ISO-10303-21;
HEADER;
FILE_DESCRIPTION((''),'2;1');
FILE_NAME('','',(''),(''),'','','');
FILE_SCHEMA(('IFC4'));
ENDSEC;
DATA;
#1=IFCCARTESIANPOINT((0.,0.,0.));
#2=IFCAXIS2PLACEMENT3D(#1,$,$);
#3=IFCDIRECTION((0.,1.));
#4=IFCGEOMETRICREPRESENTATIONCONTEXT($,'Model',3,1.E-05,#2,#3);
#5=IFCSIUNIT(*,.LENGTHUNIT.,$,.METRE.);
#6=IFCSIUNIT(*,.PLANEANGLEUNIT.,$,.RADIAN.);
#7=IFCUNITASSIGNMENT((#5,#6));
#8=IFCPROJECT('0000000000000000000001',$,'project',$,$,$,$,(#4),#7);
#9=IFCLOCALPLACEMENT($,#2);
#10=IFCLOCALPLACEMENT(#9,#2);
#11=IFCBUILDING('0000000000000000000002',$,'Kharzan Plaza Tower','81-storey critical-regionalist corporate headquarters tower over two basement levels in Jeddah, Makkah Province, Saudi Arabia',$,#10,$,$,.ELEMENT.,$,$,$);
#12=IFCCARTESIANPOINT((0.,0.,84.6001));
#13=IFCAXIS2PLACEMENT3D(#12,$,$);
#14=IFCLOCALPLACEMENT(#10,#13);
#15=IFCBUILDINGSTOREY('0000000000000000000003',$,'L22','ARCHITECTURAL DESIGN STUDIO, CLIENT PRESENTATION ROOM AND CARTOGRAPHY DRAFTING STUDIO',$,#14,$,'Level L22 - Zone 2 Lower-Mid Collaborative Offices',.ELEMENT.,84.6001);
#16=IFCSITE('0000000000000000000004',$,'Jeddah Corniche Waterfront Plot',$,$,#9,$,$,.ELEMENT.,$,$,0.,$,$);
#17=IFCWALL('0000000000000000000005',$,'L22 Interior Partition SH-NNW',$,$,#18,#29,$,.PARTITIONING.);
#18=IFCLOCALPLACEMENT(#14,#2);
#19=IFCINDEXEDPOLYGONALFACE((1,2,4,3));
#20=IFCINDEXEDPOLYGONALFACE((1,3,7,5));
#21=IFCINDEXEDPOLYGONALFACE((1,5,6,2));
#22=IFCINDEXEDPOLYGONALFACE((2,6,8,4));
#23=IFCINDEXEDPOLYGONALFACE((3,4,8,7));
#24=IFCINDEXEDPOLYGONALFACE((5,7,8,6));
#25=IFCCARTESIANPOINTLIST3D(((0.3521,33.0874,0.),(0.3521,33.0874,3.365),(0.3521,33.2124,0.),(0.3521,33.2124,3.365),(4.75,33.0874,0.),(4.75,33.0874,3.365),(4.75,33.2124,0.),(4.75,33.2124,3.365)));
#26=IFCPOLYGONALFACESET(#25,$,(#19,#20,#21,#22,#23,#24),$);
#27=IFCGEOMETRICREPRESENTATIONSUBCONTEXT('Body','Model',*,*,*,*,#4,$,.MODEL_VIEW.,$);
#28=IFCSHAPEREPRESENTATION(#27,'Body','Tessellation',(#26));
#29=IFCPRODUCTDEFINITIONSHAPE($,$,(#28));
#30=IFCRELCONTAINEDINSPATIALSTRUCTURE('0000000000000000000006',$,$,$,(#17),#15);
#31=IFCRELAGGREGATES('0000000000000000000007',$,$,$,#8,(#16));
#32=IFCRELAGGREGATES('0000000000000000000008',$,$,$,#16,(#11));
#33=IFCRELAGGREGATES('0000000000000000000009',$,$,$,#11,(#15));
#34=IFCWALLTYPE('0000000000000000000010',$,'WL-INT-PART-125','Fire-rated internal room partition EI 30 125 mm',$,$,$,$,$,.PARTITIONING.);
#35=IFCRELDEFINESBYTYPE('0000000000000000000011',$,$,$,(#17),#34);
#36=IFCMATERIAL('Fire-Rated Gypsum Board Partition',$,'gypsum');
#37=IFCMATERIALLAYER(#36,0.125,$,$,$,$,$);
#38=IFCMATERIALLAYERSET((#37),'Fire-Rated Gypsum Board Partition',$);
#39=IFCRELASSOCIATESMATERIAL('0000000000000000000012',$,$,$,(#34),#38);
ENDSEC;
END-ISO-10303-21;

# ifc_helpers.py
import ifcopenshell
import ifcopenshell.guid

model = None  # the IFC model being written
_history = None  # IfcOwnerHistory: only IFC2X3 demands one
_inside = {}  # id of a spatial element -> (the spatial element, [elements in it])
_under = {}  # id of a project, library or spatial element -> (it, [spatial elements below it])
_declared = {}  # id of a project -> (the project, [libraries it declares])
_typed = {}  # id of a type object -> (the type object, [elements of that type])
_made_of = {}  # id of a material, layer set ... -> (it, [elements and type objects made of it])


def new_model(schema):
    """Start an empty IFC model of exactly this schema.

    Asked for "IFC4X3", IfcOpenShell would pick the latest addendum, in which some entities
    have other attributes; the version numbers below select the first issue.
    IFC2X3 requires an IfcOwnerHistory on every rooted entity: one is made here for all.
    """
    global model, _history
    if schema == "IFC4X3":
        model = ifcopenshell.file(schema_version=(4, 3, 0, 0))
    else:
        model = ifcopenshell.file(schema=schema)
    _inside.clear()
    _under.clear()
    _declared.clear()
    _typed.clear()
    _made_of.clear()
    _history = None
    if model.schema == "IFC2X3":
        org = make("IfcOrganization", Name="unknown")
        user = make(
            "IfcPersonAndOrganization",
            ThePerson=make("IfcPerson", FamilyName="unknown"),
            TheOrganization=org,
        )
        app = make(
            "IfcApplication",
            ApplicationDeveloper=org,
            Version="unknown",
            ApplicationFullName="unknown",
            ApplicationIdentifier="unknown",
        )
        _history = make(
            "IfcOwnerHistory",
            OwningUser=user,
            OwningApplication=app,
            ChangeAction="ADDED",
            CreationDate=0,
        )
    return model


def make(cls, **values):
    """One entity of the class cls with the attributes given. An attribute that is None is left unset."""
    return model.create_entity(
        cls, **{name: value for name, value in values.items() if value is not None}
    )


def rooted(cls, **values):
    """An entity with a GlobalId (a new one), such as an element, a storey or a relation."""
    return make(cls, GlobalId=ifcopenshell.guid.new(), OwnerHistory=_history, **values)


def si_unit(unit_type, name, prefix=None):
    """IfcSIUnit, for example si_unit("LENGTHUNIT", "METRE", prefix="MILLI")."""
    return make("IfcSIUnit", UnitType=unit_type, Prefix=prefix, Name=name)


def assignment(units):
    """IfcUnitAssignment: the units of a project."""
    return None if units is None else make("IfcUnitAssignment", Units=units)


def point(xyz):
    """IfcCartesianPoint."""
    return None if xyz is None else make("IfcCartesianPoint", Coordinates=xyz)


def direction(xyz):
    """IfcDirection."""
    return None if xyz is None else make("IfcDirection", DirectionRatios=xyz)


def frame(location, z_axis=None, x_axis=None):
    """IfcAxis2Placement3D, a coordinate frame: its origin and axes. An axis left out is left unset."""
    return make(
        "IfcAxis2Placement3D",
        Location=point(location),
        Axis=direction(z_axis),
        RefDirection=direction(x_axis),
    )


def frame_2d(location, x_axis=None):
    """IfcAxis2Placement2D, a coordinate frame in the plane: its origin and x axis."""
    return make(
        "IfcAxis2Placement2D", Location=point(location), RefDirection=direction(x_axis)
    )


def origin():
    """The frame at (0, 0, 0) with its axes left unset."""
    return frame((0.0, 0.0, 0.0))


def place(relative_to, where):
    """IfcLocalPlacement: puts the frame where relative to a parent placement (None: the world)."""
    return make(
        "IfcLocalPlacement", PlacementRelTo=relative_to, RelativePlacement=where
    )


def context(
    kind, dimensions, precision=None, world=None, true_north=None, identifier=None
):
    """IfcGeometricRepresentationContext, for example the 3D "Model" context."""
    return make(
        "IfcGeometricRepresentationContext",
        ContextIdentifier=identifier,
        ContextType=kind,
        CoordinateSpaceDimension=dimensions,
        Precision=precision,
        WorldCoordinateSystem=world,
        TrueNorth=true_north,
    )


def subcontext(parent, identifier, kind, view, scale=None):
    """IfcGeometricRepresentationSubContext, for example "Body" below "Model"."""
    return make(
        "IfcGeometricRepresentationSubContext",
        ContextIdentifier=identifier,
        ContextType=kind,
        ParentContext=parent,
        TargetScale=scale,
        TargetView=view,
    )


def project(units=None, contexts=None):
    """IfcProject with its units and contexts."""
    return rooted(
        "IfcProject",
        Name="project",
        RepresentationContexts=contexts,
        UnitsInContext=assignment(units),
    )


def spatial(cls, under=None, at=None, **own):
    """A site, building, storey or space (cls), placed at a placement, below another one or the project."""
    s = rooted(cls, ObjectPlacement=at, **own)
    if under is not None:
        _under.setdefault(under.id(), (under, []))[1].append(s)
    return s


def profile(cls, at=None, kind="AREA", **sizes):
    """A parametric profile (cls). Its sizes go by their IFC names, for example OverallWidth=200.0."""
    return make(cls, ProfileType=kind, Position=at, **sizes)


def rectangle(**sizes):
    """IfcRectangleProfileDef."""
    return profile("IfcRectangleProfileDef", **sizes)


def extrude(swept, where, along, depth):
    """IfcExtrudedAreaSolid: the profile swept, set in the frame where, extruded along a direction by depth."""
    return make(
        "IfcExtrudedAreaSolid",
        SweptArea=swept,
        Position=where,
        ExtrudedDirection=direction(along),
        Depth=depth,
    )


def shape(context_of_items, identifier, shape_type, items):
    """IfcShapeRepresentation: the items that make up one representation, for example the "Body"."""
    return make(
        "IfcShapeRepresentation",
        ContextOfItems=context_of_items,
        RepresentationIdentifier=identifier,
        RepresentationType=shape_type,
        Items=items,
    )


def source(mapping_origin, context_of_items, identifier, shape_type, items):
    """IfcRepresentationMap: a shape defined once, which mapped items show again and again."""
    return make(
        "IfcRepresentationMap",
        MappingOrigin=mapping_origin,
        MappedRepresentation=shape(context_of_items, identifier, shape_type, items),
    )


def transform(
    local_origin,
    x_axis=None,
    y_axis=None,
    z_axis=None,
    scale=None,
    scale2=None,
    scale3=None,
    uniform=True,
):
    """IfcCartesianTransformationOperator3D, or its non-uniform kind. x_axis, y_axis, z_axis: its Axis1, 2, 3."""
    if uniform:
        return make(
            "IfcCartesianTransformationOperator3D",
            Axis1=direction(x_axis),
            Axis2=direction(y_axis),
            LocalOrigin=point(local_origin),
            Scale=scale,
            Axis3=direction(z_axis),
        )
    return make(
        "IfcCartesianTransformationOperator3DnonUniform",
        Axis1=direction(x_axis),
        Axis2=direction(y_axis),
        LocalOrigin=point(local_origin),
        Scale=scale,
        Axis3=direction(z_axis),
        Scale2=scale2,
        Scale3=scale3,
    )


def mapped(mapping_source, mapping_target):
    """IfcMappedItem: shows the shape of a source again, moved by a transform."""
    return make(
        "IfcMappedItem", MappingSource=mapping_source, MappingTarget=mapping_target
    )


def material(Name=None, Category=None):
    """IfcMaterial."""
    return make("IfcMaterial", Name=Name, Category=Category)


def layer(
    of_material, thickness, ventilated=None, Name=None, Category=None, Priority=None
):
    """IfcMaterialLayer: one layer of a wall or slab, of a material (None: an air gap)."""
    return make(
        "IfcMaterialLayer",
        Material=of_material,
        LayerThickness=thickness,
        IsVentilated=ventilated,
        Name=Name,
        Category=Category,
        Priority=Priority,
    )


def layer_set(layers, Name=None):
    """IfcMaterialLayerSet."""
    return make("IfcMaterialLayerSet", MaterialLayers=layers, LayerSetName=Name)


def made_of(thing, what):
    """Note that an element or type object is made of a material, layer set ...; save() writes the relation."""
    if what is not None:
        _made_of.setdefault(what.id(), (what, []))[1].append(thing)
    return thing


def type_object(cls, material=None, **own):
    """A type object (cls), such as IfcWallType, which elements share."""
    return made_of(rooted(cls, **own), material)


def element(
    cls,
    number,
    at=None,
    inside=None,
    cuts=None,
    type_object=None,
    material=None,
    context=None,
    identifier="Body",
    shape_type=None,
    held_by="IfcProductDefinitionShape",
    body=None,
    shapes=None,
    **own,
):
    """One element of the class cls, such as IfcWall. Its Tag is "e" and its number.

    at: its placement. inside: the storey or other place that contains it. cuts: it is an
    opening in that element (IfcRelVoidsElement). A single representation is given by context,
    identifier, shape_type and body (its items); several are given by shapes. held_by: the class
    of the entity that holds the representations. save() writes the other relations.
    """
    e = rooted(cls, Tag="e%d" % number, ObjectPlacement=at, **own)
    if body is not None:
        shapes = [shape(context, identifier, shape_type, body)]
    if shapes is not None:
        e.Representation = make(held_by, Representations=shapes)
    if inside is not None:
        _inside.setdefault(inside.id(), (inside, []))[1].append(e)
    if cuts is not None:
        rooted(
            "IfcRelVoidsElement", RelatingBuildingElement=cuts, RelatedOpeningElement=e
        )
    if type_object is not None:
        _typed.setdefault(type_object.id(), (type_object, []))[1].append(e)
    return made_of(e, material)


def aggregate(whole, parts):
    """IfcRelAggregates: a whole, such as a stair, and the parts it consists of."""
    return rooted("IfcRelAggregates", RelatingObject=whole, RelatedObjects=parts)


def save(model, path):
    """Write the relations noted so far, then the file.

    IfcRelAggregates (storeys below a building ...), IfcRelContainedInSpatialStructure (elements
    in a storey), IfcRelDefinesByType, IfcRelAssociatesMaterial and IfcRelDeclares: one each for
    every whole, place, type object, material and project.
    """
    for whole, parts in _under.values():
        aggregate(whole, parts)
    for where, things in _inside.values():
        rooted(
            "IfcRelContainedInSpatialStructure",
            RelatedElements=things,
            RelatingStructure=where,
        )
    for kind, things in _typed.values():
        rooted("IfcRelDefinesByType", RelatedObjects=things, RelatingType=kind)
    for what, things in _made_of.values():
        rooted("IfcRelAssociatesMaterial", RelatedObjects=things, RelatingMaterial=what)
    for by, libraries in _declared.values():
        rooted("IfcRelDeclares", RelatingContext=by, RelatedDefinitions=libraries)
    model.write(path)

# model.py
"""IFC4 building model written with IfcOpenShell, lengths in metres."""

from ifc_helpers import new_model, si_unit, direction, frame, frame_2d, origin, place, context, subcontext, project, spatial, rectangle, extrude, source, transform, mapped, material, layer, layer_set, type_object, element, save


model = new_model("IFC4")

# Units and contexts
model_context = context("Model", 3, precision=1e-05, world=origin(), true_north=direction((0.0, 1.0)))
body_context = subcontext(model_context, "Body", "Model", "MODEL_VIEW")
ifc_project = project(units=[si_unit("LENGTHUNIT", "METRE"), si_unit("PLANEANGLEUNIT", "RADIAN")], contexts=[model_context])

# Site, building, storey
site_placement = place(None, origin())
site = spatial("IfcSite", under=ifc_project, at=site_placement, Name="Jeddah Corniche Waterfront Plot", CompositionType="ELEMENT", RefElevation=0.0)
building_placement = place(site_placement, origin())
building = spatial("IfcBuilding", under=site, at=building_placement, Name="Kharzan Plaza Tower", Description="81-storey critical-regionalist corporate headquarters tower over two basement levels in Jeddah, Makkah Province, Saudi Arabia", CompositionType="ELEMENT")
storey_placement = place(building_placement, frame((0.0, 0.0, 84.6001)))
storey = spatial("IfcBuildingStorey", under=building, at=storey_placement, Name="L22", Description="ARCHITECTURAL DESIGN STUDIO, CLIENT PRESENTATION ROOM AND CARTOGRAPHY DRAFTING STUDIO", LongName="Level L22 - Zone 2 Lower-Mid Collaborative Offices", CompositionType="ELEMENT", Elevation=84.6001)

# Shared definitions
ifc_material_1 = material(Name="Fire-Rated Gypsum Board Partition", Category="gypsum")
ifc_layer_1 = layer(ifc_material_1, 0.125)
ifc_layer_set_1 = layer_set([ifc_layer_1], Name="Fire-Rated Gypsum Board Partition")
wall_type_1 = type_object("IfcWallType", Name="WL-INT-PART-125", Description="Fire-rated internal room partition EI 30 125 mm", PredefinedType="PARTITIONING", material=ifc_layer_set_1)

# Wall
shared_shape_1 = source(origin(), body_context, "Body", "SweptSolid", [
    extrude(rectangle(XDim=4.3979, YDim=0.125, at=frame_2d((2.199, 0.0))), origin(), (0.0, 0.0, 1.0), 3.365),
])
wall_1_placement = place(storey_placement, frame((0.3521, 33.1499, 0.0), z_axis=(0.0, 0.0, 1.0), x_axis=(1.0, 0.0, 0.0)))
element("IfcWall", 1, at=wall_1_placement, inside=storey, type_object=wall_type_1, Name="L22 Interior Partition SH-NNW", PredefinedType="PARTITIONING", context=body_context, shape_type="MappedRepresentation", body=[
    mapped(shared_shape_1, transform((0.0, 0.0, 0.0), x_axis=(1.0, 0.0, 0.0), y_axis=(0.0, 1.0, 0.0), z_axis=(0.0, 0.0, 1.0))),
])

save(model, "model.ifc")
